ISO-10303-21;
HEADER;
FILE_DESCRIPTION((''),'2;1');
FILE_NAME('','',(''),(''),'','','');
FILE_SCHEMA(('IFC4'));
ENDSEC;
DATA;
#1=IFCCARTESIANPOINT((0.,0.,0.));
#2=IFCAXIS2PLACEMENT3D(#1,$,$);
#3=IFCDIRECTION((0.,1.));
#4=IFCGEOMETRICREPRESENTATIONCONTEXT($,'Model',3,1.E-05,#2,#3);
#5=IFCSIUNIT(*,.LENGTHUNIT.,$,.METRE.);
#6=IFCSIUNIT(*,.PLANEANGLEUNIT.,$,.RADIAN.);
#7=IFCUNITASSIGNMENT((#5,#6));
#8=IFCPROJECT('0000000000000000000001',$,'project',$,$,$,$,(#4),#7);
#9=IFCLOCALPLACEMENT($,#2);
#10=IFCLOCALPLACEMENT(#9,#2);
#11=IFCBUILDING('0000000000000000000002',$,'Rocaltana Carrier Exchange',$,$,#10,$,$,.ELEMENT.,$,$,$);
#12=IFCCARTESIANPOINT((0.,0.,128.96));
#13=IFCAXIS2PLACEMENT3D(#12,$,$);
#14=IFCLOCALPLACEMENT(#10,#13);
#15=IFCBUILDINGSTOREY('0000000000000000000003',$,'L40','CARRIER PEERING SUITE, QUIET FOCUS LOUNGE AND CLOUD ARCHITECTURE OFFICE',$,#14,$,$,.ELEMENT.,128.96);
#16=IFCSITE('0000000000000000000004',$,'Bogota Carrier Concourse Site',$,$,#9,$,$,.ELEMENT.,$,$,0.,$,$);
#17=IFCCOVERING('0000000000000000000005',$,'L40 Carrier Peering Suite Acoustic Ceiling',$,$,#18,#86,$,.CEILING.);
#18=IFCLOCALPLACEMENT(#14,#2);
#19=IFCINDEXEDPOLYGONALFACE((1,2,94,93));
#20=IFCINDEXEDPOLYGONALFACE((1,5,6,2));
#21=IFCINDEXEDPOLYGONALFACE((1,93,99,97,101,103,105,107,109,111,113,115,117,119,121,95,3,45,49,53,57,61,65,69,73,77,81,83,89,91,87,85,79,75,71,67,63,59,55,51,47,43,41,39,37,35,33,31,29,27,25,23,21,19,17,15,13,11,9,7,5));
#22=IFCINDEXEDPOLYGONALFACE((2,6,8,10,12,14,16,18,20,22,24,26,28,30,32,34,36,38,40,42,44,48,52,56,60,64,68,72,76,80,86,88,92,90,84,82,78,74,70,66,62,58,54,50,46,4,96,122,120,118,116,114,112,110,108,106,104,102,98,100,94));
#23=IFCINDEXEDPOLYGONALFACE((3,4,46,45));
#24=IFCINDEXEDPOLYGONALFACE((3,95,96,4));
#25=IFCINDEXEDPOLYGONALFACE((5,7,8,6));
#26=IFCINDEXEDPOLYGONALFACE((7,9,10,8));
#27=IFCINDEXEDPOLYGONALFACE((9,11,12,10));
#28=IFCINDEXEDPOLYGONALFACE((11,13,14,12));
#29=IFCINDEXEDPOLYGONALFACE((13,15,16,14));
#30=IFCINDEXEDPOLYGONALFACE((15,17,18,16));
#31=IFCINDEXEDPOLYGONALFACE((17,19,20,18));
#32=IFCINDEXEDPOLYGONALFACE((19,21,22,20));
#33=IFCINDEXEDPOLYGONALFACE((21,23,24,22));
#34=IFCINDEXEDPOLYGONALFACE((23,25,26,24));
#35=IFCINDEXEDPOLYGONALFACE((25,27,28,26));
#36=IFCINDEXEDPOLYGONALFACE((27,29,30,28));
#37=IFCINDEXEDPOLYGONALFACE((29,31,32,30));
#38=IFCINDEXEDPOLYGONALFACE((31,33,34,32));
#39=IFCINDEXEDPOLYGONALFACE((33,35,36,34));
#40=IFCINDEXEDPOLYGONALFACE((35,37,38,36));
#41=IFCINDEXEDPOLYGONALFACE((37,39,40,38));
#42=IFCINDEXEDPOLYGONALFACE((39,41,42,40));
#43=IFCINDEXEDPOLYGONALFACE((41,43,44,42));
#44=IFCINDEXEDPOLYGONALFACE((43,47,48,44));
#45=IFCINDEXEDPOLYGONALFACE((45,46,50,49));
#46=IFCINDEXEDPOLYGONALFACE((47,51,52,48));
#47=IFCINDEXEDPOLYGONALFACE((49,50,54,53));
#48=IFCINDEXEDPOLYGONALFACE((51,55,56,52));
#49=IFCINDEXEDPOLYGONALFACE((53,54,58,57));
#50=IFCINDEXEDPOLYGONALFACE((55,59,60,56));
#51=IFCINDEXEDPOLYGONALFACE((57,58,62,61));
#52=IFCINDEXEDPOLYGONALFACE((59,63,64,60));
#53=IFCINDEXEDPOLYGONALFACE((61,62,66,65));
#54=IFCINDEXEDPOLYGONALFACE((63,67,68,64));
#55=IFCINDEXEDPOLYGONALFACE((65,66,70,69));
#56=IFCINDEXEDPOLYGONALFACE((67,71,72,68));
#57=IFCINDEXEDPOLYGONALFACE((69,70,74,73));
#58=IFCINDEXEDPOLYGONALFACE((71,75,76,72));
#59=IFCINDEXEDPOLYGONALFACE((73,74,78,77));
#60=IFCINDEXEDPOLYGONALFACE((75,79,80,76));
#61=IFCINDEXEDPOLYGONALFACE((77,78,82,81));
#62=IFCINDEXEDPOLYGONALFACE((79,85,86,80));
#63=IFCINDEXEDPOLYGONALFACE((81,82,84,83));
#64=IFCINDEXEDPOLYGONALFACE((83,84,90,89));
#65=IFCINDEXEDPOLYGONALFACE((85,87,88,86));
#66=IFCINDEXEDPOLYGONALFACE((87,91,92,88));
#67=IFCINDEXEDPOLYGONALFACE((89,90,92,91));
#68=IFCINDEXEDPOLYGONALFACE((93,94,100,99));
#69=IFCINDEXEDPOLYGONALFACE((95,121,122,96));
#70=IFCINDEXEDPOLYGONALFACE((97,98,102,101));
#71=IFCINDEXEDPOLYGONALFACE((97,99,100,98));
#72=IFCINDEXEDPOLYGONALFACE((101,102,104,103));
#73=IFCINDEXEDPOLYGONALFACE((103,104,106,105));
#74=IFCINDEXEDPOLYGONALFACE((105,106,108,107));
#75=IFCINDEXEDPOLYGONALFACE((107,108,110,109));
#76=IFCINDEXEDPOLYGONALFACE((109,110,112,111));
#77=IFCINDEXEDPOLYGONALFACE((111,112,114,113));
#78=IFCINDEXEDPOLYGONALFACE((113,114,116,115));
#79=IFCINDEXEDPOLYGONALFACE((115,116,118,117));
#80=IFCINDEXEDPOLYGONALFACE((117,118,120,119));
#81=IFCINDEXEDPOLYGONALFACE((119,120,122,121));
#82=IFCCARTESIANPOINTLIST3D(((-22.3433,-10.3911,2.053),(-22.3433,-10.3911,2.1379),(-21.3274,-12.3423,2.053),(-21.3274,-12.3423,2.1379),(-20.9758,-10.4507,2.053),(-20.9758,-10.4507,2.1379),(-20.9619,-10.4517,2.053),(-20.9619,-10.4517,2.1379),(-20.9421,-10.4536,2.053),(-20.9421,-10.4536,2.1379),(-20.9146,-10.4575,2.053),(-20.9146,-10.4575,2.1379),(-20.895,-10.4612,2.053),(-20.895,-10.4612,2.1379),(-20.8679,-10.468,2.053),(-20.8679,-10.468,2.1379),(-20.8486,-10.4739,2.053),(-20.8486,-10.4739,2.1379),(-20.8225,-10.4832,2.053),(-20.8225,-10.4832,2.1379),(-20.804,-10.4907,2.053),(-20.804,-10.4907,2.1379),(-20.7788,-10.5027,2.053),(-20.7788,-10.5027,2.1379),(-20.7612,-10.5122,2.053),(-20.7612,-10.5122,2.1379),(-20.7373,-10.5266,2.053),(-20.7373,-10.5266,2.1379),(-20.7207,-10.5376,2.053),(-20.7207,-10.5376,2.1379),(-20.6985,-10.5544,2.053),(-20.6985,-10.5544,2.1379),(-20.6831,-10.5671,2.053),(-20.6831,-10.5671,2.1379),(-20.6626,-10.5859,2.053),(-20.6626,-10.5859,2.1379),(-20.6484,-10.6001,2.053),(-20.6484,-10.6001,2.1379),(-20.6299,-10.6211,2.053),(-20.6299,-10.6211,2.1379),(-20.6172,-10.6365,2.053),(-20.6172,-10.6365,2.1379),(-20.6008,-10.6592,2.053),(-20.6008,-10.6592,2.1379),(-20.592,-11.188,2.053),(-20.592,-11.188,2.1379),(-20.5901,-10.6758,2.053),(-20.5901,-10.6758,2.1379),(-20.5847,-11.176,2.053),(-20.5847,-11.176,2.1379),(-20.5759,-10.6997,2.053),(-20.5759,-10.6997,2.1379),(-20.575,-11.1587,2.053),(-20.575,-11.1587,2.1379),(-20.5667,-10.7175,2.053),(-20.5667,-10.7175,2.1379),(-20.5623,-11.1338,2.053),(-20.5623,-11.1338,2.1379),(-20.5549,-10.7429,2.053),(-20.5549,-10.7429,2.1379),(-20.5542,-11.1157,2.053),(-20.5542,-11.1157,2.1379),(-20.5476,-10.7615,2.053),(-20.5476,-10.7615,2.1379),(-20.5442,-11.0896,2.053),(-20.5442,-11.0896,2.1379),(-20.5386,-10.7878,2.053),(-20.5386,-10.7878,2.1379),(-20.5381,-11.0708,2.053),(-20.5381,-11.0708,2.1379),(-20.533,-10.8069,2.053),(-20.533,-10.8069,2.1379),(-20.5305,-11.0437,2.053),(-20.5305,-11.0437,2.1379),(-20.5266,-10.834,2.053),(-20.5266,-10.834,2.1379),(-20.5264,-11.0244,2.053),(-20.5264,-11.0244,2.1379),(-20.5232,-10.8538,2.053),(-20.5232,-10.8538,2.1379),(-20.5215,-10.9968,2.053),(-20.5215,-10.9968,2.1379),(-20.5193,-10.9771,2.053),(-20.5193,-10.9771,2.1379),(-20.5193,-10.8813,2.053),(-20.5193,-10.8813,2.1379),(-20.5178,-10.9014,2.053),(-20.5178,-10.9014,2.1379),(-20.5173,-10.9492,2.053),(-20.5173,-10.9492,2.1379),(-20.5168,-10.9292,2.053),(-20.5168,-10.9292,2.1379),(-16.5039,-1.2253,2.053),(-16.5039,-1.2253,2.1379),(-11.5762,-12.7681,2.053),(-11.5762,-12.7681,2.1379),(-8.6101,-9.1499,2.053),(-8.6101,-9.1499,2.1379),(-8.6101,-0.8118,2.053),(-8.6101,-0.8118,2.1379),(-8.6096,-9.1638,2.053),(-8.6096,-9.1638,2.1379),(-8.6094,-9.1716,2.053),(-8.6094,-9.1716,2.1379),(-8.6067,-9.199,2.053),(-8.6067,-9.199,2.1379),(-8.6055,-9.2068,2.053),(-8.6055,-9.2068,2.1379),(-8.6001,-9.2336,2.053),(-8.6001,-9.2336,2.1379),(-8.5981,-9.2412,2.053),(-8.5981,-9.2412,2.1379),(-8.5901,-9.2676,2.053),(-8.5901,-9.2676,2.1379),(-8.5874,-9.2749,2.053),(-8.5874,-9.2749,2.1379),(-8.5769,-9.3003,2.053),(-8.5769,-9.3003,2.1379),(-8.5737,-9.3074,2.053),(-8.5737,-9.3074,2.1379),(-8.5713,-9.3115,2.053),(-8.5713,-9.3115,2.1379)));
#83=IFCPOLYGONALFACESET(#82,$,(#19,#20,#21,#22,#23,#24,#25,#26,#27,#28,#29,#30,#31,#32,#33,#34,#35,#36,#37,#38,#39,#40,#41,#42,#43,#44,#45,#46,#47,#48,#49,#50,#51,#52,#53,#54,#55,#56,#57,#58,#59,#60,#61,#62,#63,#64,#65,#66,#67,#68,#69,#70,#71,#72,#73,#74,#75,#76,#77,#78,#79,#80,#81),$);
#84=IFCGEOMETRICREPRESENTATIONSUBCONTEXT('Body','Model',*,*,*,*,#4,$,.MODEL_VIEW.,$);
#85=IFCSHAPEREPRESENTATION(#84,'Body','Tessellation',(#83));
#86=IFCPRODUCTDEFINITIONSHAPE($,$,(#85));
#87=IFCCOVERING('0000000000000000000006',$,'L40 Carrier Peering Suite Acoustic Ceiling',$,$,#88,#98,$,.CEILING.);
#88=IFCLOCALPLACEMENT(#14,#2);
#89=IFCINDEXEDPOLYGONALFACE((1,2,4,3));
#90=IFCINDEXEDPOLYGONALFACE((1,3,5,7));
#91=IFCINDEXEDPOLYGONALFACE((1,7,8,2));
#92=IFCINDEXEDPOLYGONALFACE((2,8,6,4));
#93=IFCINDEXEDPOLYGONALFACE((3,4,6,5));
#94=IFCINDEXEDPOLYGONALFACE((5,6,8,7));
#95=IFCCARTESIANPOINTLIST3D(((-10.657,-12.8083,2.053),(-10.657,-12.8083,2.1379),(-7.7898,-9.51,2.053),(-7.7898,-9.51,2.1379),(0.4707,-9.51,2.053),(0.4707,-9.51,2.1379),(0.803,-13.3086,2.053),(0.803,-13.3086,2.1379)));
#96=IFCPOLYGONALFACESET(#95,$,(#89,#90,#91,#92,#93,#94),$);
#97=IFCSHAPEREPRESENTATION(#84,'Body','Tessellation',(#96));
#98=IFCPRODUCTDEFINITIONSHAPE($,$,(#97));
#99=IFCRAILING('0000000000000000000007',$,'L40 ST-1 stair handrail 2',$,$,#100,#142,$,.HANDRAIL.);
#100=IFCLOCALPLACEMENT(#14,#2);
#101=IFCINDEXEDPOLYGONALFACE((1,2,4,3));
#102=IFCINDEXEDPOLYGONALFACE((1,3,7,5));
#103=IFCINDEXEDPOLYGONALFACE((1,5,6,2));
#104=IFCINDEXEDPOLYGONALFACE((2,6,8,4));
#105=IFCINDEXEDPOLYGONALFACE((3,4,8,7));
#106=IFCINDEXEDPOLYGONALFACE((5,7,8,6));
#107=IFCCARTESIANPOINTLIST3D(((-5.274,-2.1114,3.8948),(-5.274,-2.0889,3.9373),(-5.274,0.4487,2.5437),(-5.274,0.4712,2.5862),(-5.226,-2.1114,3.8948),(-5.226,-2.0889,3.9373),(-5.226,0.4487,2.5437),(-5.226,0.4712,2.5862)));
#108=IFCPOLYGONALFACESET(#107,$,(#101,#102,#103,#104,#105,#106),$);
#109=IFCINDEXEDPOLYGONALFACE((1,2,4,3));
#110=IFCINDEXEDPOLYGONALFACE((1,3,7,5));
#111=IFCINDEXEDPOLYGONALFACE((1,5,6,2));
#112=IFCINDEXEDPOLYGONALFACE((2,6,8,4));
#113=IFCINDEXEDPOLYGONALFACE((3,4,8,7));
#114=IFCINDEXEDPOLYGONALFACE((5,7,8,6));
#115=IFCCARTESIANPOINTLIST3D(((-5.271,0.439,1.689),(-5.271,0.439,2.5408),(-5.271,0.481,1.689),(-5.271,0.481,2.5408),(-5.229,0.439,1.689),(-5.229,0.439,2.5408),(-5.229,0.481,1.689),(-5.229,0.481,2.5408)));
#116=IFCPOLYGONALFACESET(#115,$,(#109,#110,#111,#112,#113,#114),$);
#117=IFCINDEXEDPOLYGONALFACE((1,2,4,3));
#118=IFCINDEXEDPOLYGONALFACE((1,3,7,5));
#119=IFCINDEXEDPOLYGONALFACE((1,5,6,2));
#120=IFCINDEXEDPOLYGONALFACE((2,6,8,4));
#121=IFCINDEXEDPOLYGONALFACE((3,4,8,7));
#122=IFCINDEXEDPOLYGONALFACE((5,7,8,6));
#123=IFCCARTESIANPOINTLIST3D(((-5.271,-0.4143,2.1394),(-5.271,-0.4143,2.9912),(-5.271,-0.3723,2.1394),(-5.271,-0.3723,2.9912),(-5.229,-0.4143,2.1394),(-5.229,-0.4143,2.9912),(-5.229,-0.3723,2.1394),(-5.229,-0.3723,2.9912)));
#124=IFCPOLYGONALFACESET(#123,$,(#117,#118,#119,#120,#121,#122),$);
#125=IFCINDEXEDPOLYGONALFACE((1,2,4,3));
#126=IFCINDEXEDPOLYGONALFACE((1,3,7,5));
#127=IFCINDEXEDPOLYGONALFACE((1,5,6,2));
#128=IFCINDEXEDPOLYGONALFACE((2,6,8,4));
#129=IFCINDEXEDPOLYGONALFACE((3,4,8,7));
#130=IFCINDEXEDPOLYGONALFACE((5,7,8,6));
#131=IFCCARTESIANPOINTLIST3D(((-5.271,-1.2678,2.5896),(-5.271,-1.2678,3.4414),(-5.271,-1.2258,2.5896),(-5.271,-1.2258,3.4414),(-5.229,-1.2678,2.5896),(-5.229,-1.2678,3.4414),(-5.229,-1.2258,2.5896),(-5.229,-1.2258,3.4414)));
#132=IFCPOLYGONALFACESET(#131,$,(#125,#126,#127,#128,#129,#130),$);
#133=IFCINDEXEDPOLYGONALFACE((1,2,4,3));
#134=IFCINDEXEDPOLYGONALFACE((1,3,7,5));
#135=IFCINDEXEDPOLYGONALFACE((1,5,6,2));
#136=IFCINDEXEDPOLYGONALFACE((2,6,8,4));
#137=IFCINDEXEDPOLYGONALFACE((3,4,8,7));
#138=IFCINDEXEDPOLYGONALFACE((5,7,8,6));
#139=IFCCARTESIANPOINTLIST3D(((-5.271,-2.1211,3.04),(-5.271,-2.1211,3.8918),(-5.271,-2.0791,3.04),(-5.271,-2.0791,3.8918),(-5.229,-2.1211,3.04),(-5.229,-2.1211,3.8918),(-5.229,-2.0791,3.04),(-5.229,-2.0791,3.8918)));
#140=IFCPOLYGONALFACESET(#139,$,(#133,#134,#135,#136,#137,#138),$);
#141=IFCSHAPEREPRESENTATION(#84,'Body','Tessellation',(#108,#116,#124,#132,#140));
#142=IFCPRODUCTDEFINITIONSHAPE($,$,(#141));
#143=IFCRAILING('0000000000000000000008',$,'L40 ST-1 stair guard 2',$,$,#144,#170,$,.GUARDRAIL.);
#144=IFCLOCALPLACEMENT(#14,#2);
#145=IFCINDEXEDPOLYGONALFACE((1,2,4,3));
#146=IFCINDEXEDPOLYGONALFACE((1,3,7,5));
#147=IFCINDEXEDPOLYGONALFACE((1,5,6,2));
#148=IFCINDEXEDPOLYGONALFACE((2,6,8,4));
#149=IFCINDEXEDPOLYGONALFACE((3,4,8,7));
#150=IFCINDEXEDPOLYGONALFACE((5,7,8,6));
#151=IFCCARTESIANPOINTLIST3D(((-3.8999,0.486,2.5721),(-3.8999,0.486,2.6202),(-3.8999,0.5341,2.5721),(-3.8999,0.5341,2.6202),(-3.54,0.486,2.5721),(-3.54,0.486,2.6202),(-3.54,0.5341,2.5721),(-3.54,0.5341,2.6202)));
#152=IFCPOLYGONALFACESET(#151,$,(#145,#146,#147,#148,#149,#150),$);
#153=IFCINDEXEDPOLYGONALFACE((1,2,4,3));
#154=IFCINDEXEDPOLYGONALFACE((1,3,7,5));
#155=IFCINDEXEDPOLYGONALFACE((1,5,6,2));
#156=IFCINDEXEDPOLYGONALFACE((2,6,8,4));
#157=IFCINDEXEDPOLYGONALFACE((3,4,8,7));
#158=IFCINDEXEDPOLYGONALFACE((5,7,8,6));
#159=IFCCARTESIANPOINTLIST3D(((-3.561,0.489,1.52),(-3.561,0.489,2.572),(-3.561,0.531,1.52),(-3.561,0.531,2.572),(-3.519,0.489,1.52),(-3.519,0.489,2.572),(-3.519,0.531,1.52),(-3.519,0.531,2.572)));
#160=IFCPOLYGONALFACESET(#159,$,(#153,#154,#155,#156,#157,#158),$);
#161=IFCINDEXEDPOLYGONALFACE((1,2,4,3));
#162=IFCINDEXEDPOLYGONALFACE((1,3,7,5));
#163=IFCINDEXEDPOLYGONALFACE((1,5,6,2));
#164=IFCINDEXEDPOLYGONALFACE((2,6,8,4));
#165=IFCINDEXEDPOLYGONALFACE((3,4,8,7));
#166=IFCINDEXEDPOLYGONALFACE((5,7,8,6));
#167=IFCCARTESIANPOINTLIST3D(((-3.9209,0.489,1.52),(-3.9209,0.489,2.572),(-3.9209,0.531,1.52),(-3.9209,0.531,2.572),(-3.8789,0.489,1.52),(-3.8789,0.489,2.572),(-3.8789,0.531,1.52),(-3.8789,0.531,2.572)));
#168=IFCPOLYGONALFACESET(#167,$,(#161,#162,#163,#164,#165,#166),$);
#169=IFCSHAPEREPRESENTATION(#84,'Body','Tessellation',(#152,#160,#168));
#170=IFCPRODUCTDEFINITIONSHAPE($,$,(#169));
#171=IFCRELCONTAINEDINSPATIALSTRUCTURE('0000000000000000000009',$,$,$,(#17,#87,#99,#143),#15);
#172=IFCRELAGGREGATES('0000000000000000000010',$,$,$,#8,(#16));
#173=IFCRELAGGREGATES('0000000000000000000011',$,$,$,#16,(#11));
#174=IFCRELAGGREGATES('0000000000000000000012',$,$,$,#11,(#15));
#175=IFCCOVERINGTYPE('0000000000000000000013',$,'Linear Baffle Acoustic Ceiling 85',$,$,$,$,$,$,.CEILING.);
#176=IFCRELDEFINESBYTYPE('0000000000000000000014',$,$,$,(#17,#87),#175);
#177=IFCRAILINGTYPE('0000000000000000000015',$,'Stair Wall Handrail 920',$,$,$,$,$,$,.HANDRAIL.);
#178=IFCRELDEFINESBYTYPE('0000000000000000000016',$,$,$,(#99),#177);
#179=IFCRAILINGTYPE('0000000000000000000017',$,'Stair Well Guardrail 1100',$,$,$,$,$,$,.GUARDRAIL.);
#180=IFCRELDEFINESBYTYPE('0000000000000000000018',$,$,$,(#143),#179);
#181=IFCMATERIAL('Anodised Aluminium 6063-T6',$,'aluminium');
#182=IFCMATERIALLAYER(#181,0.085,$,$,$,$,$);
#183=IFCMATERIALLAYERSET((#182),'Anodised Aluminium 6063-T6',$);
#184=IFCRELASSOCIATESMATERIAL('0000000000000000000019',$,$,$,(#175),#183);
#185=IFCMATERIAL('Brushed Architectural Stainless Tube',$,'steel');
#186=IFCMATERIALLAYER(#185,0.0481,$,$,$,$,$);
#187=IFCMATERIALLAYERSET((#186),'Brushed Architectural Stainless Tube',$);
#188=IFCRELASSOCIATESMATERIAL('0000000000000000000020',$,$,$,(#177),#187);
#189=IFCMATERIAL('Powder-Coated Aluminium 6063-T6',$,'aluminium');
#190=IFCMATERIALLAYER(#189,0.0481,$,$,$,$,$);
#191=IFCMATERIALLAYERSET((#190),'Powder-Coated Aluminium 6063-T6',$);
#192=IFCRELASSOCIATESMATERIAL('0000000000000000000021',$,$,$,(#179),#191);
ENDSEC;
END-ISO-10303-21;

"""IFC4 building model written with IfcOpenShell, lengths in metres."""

from ifc_helpers import new_model, si_unit, direction, frame, origin, origin_2d, place, context, subcontext, project, spatial, polyline, rectangle, outline, extrude, material, layer, layer_set, type_object, element, save


model = new_model("IFC4")

# Units and contexts
model_context = context("Model", 3, precision=1e-05, world=origin(), true_north=direction((0.0, 1.0)))
body_context = subcontext(model_context, "Body", "Model", "MODEL_VIEW")
ifc_project = project(units=[si_unit("LENGTHUNIT", "METRE"), si_unit("PLANEANGLEUNIT", "RADIAN")], contexts=[model_context])

# Site, building, storey
site_placement = place(None, origin())
site = spatial("IfcSite", under=ifc_project, at=site_placement, Name="Bogota Carrier Concourse Site", CompositionType="ELEMENT", RefElevation=0.0)
building_placement = place(site_placement, origin())
building = spatial("IfcBuilding", under=site, at=building_placement, Name="Rocaltana Carrier Exchange", CompositionType="ELEMENT")
storey_placement = place(building_placement, frame((0.0, 0.0, 128.96)))
storey = spatial("IfcBuildingStorey", under=building, at=storey_placement, Name="L40", Description="CARRIER PEERING SUITE, QUIET FOCUS LOUNGE AND CLOUD ARCHITECTURE OFFICE", CompositionType="ELEMENT", Elevation=128.96)

# Coverings
ifc_material_1 = material(Name="Anodised Aluminium 6063-T6", Category="aluminium")
ifc_layer_1 = layer(ifc_material_1, 0.085)
ifc_layer_set_1 = layer_set([ifc_layer_1], Name="Anodised Aluminium 6063-T6")
covering_type_1 = type_object("IfcCoveringType", Name="Linear Baffle Acoustic Ceiling 85", PredefinedType="CEILING", material=ifc_layer_set_1)
covering_1_placement = place(storey_placement, frame((0.0, 0.0, 2.053)))
element("IfcCovering", 1, at=covering_1_placement, inside=storey, type_object=covering_type_1, Name="L40 Carrier Peering Suite Acoustic Ceiling", PredefinedType="CEILING", context=body_context, shape_type="SweptSolid", body=[
    extrude(outline(polyline([(-20.592, -11.188), (-20.5847, -11.176), (-20.575, -11.1587), (-20.5623, -11.1338), (-20.5542, -11.1157), (-20.5442, -11.0896), (-20.5381, -11.0708), (-20.5305, -11.0437), (-20.5264, -11.0244), (-20.5215, -10.9968), (-20.5193, -10.9771), (-20.5173, -10.9492), (-20.5168, -10.9292), (-20.5178, -10.9014), (-20.5193, -10.8813), (-20.5232, -10.8538), (-20.5266, -10.834), (-20.533, -10.8069), (-20.5386, -10.7878), (-20.5476, -10.7615), (-20.5549, -10.7429), (-20.5667, -10.7175), (-20.5759, -10.6997), (-20.5901, -10.6758), (-20.6008, -10.6592), (-20.6172, -10.6365), (-20.6299, -10.6211), (-20.6484, -10.6001), (-20.6626, -10.5859), (-20.6831, -10.5671), (-20.6985, -10.5544), (-20.7207, -10.5376), (-20.7373, -10.5266), (-20.7612, -10.5122), (-20.7788, -10.5027), (-20.804, -10.4907), (-20.8225, -10.4832), (-20.8486, -10.4739), (-20.8679, -10.468), (-20.895, -10.4612), (-20.9146, -10.4575), (-20.9421, -10.4536), (-20.9619, -10.4517), (-20.9758, -10.4507), (-22.3433, -10.3911), (-16.5039, -1.2253), (-8.6101, -0.8118), (-8.6101, -9.1499), (-8.6096, -9.1638), (-8.6094, -9.1716), (-8.6067, -9.199), (-8.6055, -9.2068), (-8.6001, -9.2336), (-8.5981, -9.2412), (-8.5901, -9.2676), (-8.5874, -9.2749), (-8.5769, -9.3003), (-8.5737, -9.3074), (-8.5713, -9.3115), (-11.5762, -12.7681), (-21.3274, -12.3423), (-20.592, -11.188)])), origin(), (0.0, 0.0, 1.0), 0.085),
])
covering_2_placement = place(storey_placement, frame((0.0, 0.0, 2.053)))
element("IfcCovering", 2, at=covering_2_placement, inside=storey, type_object=covering_type_1, Name="L40 Carrier Peering Suite Acoustic Ceiling", PredefinedType="CEILING", context=body_context, shape_type="SweptSolid", body=[
    extrude(outline(polyline([(-10.657, -12.8083), (-7.7898, -9.51), (0.4707, -9.51), (0.803, -13.3086), (-10.657, -12.8083)])), origin(), (0.0, 0.0, 1.0), 0.085),
])

# Railings
ifc_material_2 = material(Name="Brushed Architectural Stainless Tube", Category="steel")
ifc_layer_2 = layer(ifc_material_2, 0.0481)
ifc_layer_set_2 = layer_set([ifc_layer_2], Name="Brushed Architectural Stainless Tube")
railing_type_1 = type_object("IfcRailingType", Name="Stair Wall Handrail 920", PredefinedType="HANDRAIL", material=ifc_layer_set_2)
railing_1_placement = place(storey_placement, frame((-5.25, 0.46, 1.689)))
element("IfcRailing", 3, at=railing_1_placement, inside=storey, type_object=railing_type_1, Name="L40 ST-1 stair handrail 2", PredefinedType="HANDRAIL", context=body_context, shape_type="SweptSolid", body=[
    extrude(rectangle(XDim=0.0481, YDim=0.0481, at=origin_2d()), frame((0.0, 0.0, 0.876), z_axis=(0.0, -0.884394, 0.46674), x_axis=(1.0, 0.0, 0.0)), (0.0, 0.0, 1.0), 2.8948),
    extrude(rectangle(XDim=0.042, YDim=0.042, at=origin_2d()), origin(), (0.0, 0.0, 1.0), 0.8518),
    extrude(rectangle(XDim=0.042, YDim=0.042, at=origin_2d()), frame((0.0, -0.8533, 0.4504)), (0.0, 0.0, 1.0), 0.8518),
    extrude(rectangle(XDim=0.042, YDim=0.042, at=origin_2d()), frame((0.0, -1.7068, 0.9006)), (0.0, 0.0, 1.0), 0.8518),
    extrude(rectangle(XDim=0.042, YDim=0.042, at=origin_2d()), frame((0.0, -2.5601, 1.3511)), (0.0, 0.0, 1.0), 0.8518),
])
ifc_material_3 = material(Name="Powder-Coated Aluminium 6063-T6", Category="aluminium")
ifc_layer_3 = layer(ifc_material_3, 0.0481)
ifc_layer_set_3 = layer_set([ifc_layer_3], Name="Powder-Coated Aluminium 6063-T6")
railing_type_2 = type_object("IfcRailingType", Name="Stair Well Guardrail 1100", PredefinedType="GUARDRAIL", material=ifc_layer_set_3)
railing_2_placement = place(storey_placement, frame((-3.54, 0.51, 1.52)))
element("IfcRailing", 4, at=railing_2_placement, inside=storey, type_object=railing_type_2, Name="L40 ST-1 stair guard 2", PredefinedType="GUARDRAIL", context=body_context, shape_type="SweptSolid", body=[
    extrude(rectangle(XDim=0.0481, YDim=0.0481, at=origin_2d()), frame((0.0, 0.0, 1.0762), z_axis=(-1.0, 0.0, 0.0), x_axis=(0.0, -1.0, 0.0)), (0.0, 0.0, 1.0), 0.3599),
    extrude(rectangle(XDim=0.042, YDim=0.042, at=origin_2d()), origin(), (0.0, 0.0, 1.0), 1.052),
    extrude(rectangle(XDim=0.042, YDim=0.042, at=origin_2d()), frame((-0.3599, 0.0, 0.0)), (0.0, 0.0, 1.0), 1.052),
])

save(model, "model.ifc")
